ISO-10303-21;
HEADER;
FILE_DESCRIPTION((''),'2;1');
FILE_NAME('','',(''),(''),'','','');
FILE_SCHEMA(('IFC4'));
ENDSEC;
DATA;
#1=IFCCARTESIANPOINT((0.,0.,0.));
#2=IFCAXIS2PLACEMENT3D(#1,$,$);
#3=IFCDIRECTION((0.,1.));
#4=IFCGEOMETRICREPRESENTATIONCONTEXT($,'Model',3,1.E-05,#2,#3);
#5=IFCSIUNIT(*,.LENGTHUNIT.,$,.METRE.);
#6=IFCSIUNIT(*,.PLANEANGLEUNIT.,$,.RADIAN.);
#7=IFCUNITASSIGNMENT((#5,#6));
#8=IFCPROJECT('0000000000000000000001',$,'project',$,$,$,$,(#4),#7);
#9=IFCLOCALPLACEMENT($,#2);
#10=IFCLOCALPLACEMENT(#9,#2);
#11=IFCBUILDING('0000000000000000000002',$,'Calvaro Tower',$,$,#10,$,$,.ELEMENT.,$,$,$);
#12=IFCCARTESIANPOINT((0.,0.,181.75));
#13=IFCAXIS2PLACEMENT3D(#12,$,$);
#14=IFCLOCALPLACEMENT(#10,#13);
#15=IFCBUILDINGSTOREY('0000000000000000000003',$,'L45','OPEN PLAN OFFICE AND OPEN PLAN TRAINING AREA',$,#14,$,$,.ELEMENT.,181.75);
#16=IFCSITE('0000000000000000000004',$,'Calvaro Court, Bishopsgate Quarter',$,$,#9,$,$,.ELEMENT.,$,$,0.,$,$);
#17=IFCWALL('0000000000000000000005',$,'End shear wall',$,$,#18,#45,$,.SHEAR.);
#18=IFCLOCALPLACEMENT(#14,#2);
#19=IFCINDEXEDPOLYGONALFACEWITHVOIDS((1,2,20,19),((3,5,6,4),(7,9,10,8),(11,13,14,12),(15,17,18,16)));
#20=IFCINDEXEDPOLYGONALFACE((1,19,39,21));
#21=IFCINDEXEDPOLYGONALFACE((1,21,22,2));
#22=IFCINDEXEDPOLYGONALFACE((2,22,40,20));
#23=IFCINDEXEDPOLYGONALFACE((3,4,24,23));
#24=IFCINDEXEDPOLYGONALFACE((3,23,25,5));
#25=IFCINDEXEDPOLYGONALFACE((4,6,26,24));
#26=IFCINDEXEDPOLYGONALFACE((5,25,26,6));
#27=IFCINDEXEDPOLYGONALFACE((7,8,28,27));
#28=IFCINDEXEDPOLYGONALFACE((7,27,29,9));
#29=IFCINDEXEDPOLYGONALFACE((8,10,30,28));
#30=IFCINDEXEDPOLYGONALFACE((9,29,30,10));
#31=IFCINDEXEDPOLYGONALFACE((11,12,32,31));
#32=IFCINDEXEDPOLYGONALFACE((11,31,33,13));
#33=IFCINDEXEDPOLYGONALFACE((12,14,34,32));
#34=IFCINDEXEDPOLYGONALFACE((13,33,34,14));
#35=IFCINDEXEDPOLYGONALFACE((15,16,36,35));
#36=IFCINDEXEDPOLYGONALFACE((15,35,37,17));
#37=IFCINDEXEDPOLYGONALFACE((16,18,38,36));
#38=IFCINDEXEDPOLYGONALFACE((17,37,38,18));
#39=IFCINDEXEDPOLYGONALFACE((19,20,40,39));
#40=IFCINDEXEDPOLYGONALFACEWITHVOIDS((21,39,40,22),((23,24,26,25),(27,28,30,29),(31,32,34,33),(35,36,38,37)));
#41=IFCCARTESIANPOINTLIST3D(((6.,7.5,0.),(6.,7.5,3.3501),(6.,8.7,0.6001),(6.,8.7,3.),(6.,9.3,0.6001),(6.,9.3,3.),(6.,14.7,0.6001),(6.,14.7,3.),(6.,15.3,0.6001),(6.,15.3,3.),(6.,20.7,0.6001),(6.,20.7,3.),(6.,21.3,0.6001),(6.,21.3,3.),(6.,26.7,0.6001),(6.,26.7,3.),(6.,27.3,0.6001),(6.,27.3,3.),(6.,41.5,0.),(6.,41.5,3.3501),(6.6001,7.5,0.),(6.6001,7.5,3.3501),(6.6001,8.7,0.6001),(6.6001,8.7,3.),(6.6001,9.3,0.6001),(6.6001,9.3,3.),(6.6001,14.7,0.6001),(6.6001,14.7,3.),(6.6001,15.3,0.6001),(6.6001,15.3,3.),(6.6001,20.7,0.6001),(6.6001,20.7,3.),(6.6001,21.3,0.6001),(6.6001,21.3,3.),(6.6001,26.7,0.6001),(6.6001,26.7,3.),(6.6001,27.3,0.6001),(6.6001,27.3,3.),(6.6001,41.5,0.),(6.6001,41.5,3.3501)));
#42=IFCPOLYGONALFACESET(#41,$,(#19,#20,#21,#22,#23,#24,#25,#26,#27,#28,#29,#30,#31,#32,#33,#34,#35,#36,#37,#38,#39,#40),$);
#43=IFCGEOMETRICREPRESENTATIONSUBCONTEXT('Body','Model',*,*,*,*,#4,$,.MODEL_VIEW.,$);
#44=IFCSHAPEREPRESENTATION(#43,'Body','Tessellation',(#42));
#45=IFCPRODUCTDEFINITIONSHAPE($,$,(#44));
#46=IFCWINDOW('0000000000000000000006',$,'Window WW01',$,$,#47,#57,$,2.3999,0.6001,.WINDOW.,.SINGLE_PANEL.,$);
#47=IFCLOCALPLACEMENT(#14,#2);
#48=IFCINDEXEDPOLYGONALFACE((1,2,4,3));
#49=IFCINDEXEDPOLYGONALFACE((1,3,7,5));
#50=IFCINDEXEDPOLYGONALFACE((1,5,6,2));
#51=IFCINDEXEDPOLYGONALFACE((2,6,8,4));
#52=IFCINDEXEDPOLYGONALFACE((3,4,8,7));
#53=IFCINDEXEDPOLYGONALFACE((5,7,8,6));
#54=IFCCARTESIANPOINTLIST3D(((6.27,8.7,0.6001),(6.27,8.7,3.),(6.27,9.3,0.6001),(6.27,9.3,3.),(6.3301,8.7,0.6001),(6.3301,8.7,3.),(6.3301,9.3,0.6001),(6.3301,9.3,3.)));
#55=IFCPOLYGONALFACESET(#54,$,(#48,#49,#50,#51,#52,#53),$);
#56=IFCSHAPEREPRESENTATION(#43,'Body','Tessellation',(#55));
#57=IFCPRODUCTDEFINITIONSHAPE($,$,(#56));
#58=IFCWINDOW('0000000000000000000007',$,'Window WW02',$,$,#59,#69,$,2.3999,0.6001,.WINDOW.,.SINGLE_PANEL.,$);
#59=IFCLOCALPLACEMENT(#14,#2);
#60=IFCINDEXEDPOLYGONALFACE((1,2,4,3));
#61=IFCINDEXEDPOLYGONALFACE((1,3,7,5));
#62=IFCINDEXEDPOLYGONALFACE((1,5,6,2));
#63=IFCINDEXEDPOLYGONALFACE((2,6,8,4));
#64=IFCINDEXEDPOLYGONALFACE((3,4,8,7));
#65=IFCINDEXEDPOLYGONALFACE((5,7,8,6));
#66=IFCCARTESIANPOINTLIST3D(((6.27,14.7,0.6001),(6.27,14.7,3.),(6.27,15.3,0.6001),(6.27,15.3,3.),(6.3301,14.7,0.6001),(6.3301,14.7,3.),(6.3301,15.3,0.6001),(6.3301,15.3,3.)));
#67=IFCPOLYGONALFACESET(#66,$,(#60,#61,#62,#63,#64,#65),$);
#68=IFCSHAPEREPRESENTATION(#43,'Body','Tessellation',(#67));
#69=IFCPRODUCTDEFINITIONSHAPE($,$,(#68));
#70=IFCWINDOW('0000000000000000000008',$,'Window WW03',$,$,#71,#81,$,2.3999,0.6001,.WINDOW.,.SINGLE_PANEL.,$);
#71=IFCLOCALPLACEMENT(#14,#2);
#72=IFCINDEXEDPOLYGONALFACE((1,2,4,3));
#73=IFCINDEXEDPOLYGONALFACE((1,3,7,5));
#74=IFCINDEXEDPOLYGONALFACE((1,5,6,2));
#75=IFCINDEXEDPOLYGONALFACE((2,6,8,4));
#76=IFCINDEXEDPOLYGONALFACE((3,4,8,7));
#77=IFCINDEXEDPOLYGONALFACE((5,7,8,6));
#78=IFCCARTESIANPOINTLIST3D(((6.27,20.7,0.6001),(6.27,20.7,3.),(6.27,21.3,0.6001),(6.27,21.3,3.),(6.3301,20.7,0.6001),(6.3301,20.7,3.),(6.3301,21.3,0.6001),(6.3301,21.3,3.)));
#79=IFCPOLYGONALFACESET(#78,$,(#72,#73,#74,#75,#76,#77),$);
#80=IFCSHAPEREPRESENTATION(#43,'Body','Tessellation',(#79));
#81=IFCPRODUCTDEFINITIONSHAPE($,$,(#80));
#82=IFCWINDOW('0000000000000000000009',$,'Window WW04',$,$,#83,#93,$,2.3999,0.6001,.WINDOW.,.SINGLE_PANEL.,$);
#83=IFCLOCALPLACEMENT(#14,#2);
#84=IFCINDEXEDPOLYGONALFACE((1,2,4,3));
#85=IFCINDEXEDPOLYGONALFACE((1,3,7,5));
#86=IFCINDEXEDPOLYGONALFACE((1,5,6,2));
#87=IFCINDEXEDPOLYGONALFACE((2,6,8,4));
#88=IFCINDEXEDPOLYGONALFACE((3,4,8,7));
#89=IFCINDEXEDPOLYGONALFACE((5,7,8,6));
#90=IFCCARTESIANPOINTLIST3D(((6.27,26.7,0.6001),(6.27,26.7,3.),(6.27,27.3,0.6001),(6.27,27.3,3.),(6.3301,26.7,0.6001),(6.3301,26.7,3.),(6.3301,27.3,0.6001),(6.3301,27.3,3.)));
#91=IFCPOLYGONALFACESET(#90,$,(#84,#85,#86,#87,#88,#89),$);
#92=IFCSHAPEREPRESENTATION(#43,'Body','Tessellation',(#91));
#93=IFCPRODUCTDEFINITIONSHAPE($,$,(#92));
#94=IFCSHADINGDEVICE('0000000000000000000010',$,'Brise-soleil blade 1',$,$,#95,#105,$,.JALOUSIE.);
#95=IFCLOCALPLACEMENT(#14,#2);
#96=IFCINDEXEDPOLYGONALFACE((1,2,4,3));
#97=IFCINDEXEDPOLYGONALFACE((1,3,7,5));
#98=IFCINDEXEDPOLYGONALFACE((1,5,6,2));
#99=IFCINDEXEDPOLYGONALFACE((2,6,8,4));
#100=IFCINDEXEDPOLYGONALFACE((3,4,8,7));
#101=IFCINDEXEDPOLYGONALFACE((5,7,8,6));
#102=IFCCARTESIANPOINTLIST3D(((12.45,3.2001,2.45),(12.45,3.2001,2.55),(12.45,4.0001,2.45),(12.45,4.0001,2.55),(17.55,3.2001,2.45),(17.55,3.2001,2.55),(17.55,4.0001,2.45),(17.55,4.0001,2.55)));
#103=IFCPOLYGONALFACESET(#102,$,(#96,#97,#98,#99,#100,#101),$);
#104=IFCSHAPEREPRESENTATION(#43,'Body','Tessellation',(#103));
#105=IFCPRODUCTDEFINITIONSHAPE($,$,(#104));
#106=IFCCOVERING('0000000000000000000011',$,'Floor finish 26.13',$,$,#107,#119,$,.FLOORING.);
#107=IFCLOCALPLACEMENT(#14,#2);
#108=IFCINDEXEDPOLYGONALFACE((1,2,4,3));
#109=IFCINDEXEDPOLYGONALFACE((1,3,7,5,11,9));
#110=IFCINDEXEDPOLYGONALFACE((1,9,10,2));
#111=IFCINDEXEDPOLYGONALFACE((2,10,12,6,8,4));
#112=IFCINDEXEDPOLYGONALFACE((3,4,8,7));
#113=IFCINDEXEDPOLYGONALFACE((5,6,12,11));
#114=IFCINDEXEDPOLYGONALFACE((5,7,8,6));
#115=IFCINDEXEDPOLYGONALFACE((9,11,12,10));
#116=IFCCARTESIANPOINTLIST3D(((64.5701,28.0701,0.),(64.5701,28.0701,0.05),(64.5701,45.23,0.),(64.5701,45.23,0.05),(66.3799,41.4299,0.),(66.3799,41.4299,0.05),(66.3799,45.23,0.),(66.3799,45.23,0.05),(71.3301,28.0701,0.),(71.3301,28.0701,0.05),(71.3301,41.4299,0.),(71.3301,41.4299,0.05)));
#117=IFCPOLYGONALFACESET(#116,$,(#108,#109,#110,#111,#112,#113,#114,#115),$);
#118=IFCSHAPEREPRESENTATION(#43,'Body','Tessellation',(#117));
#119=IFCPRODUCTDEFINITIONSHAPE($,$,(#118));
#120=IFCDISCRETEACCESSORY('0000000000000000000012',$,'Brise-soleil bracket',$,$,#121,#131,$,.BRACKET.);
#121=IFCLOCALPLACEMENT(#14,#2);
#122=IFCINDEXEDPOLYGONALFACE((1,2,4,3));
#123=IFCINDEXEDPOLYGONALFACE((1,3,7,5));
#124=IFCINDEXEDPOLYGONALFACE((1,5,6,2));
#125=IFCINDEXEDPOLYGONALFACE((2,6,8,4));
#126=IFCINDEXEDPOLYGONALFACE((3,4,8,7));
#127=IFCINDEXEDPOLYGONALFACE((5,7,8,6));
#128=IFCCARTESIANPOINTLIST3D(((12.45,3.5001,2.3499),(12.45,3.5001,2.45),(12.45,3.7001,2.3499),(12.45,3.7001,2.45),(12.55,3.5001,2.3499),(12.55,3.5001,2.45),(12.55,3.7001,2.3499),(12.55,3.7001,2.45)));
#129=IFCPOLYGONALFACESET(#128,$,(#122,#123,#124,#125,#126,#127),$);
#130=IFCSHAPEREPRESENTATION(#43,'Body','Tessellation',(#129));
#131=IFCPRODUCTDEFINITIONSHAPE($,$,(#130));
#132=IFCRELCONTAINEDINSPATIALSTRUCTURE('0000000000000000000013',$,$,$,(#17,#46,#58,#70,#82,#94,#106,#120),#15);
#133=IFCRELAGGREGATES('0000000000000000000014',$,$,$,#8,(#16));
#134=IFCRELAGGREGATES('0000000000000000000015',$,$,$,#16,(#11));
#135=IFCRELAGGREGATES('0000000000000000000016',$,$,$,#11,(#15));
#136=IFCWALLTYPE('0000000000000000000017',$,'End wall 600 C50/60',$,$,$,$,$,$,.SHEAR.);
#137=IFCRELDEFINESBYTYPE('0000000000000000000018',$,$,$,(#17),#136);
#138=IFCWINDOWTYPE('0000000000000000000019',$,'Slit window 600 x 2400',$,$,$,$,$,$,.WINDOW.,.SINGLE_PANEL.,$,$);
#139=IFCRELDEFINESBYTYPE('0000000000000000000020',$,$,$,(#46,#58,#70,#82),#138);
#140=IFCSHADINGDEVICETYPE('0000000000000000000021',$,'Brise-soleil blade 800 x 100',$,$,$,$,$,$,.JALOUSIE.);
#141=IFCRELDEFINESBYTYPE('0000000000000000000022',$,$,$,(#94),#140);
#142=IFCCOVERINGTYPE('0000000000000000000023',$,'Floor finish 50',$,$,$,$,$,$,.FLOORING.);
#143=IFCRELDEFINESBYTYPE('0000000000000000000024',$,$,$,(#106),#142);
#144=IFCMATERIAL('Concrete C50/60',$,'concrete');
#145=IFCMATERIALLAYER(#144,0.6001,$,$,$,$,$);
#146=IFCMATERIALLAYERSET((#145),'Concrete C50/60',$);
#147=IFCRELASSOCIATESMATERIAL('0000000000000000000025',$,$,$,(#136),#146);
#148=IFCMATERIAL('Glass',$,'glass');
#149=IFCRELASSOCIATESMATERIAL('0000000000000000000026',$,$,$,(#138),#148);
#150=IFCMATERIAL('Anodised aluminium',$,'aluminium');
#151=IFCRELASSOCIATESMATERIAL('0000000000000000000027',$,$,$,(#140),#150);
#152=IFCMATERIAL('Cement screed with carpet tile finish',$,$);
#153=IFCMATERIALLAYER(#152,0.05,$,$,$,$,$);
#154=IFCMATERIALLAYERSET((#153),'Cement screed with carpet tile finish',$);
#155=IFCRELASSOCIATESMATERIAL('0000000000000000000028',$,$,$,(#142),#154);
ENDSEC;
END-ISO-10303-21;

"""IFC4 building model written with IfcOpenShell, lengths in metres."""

from ifc_helpers import new_model, si_unit, direction, frame, frame_2d, origin, origin_2d, place, context, subcontext, project, spatial, polyline, rectangle, outline, extrude, material, layer, layer_set, material_profile, profile_set, type_object, element, fill, save


model = new_model("IFC4")

# Units and contexts
model_context = context("Model", 3, precision=1e-05, world=origin(), true_north=direction((0.0, 1.0)))
body_context = subcontext(model_context, "Body", "Model", "MODEL_VIEW")
ifc_project = project(units=[si_unit("LENGTHUNIT", "METRE"), si_unit("PLANEANGLEUNIT", "RADIAN")], contexts=[model_context])

# Site, building, storey
site_placement = place(None, origin())
site = spatial("IfcSite", under=ifc_project, at=site_placement, Name="Calvaro Court, Bishopsgate Quarter", CompositionType="ELEMENT", RefElevation=0.0)
building_placement = place(site_placement, origin())
building = spatial("IfcBuilding", under=site, at=building_placement, Name="Calvaro Tower", CompositionType="ELEMENT")
storey_placement = place(building_placement, frame((0.0, 0.0, 181.75)))
storey = spatial("IfcBuildingStorey", under=building, at=storey_placement, Name="L45", Description="OPEN PLAN OFFICE AND OPEN PLAN TRAINING AREA", CompositionType="ELEMENT", Elevation=181.75)

# Wall, openings, windows
ifc_material_1 = material(Name="Concrete C50/60", Category="concrete")
ifc_layer_1 = layer(ifc_material_1, 0.6001)
ifc_layer_set_1 = layer_set([ifc_layer_1], Name="Concrete C50/60")
wall_type = type_object("IfcWallType", Name="End wall 600 C50/60", PredefinedType="SHEAR", material=ifc_layer_set_1)
wall_placement = place(storey_placement, frame((6.3, 7.5, 0.0), z_axis=(0.0, 0.0, 1.0), x_axis=(0.0, 1.0, 0.0)))
wall = element("IfcWall", 1, at=wall_placement, inside=storey, type_object=wall_type, Name="End shear wall", PredefinedType="SHEAR", context=body_context, shape_type="SweptSolid", body=[
    extrude(rectangle(XDim=34.0, YDim=0.6001, at=frame_2d((17.0, 0.0))), origin(), (0.0, 0.0, 1.0), 3.3501),
])
opening_1_placement = place(wall_placement, frame((1.2, 0.0, 0.6001)))
opening_1 = element("IfcOpeningElement", 2, at=opening_1_placement, cuts=wall, PredefinedType="OPENING", context=body_context, shape_type="SweptSolid", body=[
    extrude(rectangle(XDim=0.6001, YDim=2.3999, at=frame_2d((0.3, 1.2))), frame((0.0, 0.3101, 0.0), z_axis=(0.0, -1.0, 0.0), x_axis=(1.0, 0.0, 0.0)), (0.0, 0.0, 1.0), 0.6201),
])
opening_2_placement = place(wall_placement, frame((7.2, 0.0, 0.6001)))
opening_2 = element("IfcOpeningElement", 3, at=opening_2_placement, cuts=wall, PredefinedType="OPENING", context=body_context, shape_type="SweptSolid", body=[
    extrude(rectangle(XDim=0.6001, YDim=2.3999, at=frame_2d((0.3, 1.2))), frame((0.0, 0.3101, 0.0), z_axis=(0.0, -1.0, 0.0), x_axis=(1.0, 0.0, 0.0)), (0.0, 0.0, 1.0), 0.6201),
])
opening_3_placement = place(wall_placement, frame((13.2, 0.0, 0.6001)))
opening_3 = element("IfcOpeningElement", 4, at=opening_3_placement, cuts=wall, PredefinedType="OPENING", context=body_context, shape_type="SweptSolid", body=[
    extrude(rectangle(XDim=0.6001, YDim=2.3999, at=frame_2d((0.3, 1.2))), frame((0.0, 0.3101, 0.0), z_axis=(0.0, -1.0, 0.0), x_axis=(1.0, 0.0, 0.0)), (0.0, 0.0, 1.0), 0.6201),
])
opening_4_placement = place(wall_placement, frame((19.2, 0.0, 0.6001)))
opening_4 = element("IfcOpeningElement", 5, at=opening_4_placement, cuts=wall, PredefinedType="OPENING", context=body_context, shape_type="SweptSolid", body=[
    extrude(rectangle(XDim=0.6001, YDim=2.3999, at=frame_2d((0.3, 1.2))), frame((0.0, 0.3101, 0.0), z_axis=(0.0, -1.0, 0.0), x_axis=(1.0, 0.0, 0.0)), (0.0, 0.0, 1.0), 0.6201),
])
ifc_material_2 = material(Name="Glass", Category="glass")
window_type = type_object("IfcWindowType", Name="Slit window 600 x 2400", PartitioningType="SINGLE_PANEL", PredefinedType="WINDOW", material=ifc_material_2)
window_1_placement = place(opening_1_placement, origin())
window_1 = element("IfcWindow", 6, at=window_1_placement, inside=storey, type_object=window_type, Name="Window WW01", OverallHeight=2.3999, OverallWidth=0.6001, PartitioningType="SINGLE_PANEL", PredefinedType="WINDOW", context=body_context, shape_type="SweptSolid", body=[
    extrude(rectangle(XDim=0.6001, YDim=2.3999, at=frame_2d((0.3, 1.2))), frame((0.0, 0.03, 0.0), z_axis=(0.0, -1.0, 0.0), x_axis=(1.0, 0.0, 0.0)), (0.0, 0.0, 1.0), 0.0601),
])
fill(opening_1, window_1)
window_2_placement = place(opening_2_placement, origin())
window_2 = element("IfcWindow", 7, at=window_2_placement, inside=storey, type_object=window_type, Name="Window WW02", OverallHeight=2.3999, OverallWidth=0.6001, PartitioningType="SINGLE_PANEL", PredefinedType="WINDOW", context=body_context, shape_type="SweptSolid", body=[
    extrude(rectangle(XDim=0.6001, YDim=2.3999, at=frame_2d((0.3, 1.2))), frame((0.0, 0.03, 0.0), z_axis=(0.0, -1.0, 0.0), x_axis=(1.0, 0.0, 0.0)), (0.0, 0.0, 1.0), 0.0601),
])
fill(opening_2, window_2)
window_3_placement = place(opening_3_placement, origin())
window_3 = element("IfcWindow", 8, at=window_3_placement, inside=storey, type_object=window_type, Name="Window WW03", OverallHeight=2.3999, OverallWidth=0.6001, PartitioningType="SINGLE_PANEL", PredefinedType="WINDOW", context=body_context, shape_type="SweptSolid", body=[
    extrude(rectangle(XDim=0.6001, YDim=2.3999, at=frame_2d((0.3, 1.2))), frame((0.0, 0.03, 0.0), z_axis=(0.0, -1.0, 0.0), x_axis=(1.0, 0.0, 0.0)), (0.0, 0.0, 1.0), 0.0601),
])
fill(opening_3, window_3)
window_4_placement = place(opening_4_placement, origin())
window_4 = element("IfcWindow", 9, at=window_4_placement, inside=storey, type_object=window_type, Name="Window WW04", OverallHeight=2.3999, OverallWidth=0.6001, PartitioningType="SINGLE_PANEL", PredefinedType="WINDOW", context=body_context, shape_type="SweptSolid", body=[
    extrude(rectangle(XDim=0.6001, YDim=2.3999, at=frame_2d((0.3, 1.2))), frame((0.0, 0.03, 0.0), z_axis=(0.0, -1.0, 0.0), x_axis=(1.0, 0.0, 0.0)), (0.0, 0.0, 1.0), 0.0601),
])
fill(opening_4, window_4)

# Shading device
ifc_material_3 = material(Name="Anodised aluminium", Category="aluminium")
ifc_material_profile_1 = material_profile(ifc_material_3, rectangle(XDim=0.8, YDim=0.1001, at=origin_2d()), Name="Brise-soleil blade 800 x 100")
ifc_profile_set_1 = profile_set([ifc_material_profile_1], Name="Anodised aluminium")
shading_device_type = type_object("IfcShadingDeviceType", Name="Brise-soleil blade 800 x 100", PredefinedType="JALOUSIE", material=ifc_profile_set_1)
shading_device_placement = place(storey_placement, frame((12.45, 3.6001, 2.5), z_axis=(1.0, 0.0, 0.0), x_axis=(0.0, 1.0, 0.0)))
element("IfcShadingDevice", 10, at=shading_device_placement, inside=storey, type_object=shading_device_type, Name="Brise-soleil blade 1", PredefinedType="JALOUSIE", context=body_context, shape_type="SweptSolid", body=[
    extrude(rectangle(XDim=0.8, YDim=0.1001, at=origin_2d()), origin(), (0.0, 0.0, 1.0), 5.1001),
])

# Covering
ifc_material_4 = material(Name="Cement screed with carpet tile finish")
ifc_layer_2 = layer(ifc_material_4, 0.05)
ifc_layer_set_2 = layer_set([ifc_layer_2], Name="Cement screed with carpet tile finish")
covering_type = type_object("IfcCoveringType", Name="Floor finish 50", PredefinedType="FLOORING", material=ifc_layer_set_2)
covering_placement = place(storey_placement, origin())
element("IfcCovering", 11, at=covering_placement, inside=storey, type_object=covering_type, Name="Floor finish 26.13", PredefinedType="FLOORING", context=body_context, shape_type="SweptSolid", body=[
    extrude(outline(polyline([(71.3301, 28.0701), (64.5701, 28.0701), (64.5701, 45.23), (66.3799, 45.23), (66.3799, 41.4299), (71.3301, 41.4299), (71.3301, 28.0701)])), origin(), (0.0, 0.0, 1.0), 0.05),
])

# Discrete accessory
discrete_accessory_placement = place(storey_placement, frame((12.5, 3.6001, 2.3499), z_axis=(0.0, 0.0, 1.0), x_axis=(1.0, 0.0, 0.0)))
element("IfcDiscreteAccessory", 12, at=discrete_accessory_placement, inside=storey, Name="Brise-soleil bracket", PredefinedType="BRACKET", context=body_context, shape_type="SweptSolid", body=[
    extrude(rectangle(XDim=0.1001, YDim=0.2, at=origin_2d()), origin(), (0.0, 0.0, 1.0), 0.1001),
])

save(model, "model.ifc")
